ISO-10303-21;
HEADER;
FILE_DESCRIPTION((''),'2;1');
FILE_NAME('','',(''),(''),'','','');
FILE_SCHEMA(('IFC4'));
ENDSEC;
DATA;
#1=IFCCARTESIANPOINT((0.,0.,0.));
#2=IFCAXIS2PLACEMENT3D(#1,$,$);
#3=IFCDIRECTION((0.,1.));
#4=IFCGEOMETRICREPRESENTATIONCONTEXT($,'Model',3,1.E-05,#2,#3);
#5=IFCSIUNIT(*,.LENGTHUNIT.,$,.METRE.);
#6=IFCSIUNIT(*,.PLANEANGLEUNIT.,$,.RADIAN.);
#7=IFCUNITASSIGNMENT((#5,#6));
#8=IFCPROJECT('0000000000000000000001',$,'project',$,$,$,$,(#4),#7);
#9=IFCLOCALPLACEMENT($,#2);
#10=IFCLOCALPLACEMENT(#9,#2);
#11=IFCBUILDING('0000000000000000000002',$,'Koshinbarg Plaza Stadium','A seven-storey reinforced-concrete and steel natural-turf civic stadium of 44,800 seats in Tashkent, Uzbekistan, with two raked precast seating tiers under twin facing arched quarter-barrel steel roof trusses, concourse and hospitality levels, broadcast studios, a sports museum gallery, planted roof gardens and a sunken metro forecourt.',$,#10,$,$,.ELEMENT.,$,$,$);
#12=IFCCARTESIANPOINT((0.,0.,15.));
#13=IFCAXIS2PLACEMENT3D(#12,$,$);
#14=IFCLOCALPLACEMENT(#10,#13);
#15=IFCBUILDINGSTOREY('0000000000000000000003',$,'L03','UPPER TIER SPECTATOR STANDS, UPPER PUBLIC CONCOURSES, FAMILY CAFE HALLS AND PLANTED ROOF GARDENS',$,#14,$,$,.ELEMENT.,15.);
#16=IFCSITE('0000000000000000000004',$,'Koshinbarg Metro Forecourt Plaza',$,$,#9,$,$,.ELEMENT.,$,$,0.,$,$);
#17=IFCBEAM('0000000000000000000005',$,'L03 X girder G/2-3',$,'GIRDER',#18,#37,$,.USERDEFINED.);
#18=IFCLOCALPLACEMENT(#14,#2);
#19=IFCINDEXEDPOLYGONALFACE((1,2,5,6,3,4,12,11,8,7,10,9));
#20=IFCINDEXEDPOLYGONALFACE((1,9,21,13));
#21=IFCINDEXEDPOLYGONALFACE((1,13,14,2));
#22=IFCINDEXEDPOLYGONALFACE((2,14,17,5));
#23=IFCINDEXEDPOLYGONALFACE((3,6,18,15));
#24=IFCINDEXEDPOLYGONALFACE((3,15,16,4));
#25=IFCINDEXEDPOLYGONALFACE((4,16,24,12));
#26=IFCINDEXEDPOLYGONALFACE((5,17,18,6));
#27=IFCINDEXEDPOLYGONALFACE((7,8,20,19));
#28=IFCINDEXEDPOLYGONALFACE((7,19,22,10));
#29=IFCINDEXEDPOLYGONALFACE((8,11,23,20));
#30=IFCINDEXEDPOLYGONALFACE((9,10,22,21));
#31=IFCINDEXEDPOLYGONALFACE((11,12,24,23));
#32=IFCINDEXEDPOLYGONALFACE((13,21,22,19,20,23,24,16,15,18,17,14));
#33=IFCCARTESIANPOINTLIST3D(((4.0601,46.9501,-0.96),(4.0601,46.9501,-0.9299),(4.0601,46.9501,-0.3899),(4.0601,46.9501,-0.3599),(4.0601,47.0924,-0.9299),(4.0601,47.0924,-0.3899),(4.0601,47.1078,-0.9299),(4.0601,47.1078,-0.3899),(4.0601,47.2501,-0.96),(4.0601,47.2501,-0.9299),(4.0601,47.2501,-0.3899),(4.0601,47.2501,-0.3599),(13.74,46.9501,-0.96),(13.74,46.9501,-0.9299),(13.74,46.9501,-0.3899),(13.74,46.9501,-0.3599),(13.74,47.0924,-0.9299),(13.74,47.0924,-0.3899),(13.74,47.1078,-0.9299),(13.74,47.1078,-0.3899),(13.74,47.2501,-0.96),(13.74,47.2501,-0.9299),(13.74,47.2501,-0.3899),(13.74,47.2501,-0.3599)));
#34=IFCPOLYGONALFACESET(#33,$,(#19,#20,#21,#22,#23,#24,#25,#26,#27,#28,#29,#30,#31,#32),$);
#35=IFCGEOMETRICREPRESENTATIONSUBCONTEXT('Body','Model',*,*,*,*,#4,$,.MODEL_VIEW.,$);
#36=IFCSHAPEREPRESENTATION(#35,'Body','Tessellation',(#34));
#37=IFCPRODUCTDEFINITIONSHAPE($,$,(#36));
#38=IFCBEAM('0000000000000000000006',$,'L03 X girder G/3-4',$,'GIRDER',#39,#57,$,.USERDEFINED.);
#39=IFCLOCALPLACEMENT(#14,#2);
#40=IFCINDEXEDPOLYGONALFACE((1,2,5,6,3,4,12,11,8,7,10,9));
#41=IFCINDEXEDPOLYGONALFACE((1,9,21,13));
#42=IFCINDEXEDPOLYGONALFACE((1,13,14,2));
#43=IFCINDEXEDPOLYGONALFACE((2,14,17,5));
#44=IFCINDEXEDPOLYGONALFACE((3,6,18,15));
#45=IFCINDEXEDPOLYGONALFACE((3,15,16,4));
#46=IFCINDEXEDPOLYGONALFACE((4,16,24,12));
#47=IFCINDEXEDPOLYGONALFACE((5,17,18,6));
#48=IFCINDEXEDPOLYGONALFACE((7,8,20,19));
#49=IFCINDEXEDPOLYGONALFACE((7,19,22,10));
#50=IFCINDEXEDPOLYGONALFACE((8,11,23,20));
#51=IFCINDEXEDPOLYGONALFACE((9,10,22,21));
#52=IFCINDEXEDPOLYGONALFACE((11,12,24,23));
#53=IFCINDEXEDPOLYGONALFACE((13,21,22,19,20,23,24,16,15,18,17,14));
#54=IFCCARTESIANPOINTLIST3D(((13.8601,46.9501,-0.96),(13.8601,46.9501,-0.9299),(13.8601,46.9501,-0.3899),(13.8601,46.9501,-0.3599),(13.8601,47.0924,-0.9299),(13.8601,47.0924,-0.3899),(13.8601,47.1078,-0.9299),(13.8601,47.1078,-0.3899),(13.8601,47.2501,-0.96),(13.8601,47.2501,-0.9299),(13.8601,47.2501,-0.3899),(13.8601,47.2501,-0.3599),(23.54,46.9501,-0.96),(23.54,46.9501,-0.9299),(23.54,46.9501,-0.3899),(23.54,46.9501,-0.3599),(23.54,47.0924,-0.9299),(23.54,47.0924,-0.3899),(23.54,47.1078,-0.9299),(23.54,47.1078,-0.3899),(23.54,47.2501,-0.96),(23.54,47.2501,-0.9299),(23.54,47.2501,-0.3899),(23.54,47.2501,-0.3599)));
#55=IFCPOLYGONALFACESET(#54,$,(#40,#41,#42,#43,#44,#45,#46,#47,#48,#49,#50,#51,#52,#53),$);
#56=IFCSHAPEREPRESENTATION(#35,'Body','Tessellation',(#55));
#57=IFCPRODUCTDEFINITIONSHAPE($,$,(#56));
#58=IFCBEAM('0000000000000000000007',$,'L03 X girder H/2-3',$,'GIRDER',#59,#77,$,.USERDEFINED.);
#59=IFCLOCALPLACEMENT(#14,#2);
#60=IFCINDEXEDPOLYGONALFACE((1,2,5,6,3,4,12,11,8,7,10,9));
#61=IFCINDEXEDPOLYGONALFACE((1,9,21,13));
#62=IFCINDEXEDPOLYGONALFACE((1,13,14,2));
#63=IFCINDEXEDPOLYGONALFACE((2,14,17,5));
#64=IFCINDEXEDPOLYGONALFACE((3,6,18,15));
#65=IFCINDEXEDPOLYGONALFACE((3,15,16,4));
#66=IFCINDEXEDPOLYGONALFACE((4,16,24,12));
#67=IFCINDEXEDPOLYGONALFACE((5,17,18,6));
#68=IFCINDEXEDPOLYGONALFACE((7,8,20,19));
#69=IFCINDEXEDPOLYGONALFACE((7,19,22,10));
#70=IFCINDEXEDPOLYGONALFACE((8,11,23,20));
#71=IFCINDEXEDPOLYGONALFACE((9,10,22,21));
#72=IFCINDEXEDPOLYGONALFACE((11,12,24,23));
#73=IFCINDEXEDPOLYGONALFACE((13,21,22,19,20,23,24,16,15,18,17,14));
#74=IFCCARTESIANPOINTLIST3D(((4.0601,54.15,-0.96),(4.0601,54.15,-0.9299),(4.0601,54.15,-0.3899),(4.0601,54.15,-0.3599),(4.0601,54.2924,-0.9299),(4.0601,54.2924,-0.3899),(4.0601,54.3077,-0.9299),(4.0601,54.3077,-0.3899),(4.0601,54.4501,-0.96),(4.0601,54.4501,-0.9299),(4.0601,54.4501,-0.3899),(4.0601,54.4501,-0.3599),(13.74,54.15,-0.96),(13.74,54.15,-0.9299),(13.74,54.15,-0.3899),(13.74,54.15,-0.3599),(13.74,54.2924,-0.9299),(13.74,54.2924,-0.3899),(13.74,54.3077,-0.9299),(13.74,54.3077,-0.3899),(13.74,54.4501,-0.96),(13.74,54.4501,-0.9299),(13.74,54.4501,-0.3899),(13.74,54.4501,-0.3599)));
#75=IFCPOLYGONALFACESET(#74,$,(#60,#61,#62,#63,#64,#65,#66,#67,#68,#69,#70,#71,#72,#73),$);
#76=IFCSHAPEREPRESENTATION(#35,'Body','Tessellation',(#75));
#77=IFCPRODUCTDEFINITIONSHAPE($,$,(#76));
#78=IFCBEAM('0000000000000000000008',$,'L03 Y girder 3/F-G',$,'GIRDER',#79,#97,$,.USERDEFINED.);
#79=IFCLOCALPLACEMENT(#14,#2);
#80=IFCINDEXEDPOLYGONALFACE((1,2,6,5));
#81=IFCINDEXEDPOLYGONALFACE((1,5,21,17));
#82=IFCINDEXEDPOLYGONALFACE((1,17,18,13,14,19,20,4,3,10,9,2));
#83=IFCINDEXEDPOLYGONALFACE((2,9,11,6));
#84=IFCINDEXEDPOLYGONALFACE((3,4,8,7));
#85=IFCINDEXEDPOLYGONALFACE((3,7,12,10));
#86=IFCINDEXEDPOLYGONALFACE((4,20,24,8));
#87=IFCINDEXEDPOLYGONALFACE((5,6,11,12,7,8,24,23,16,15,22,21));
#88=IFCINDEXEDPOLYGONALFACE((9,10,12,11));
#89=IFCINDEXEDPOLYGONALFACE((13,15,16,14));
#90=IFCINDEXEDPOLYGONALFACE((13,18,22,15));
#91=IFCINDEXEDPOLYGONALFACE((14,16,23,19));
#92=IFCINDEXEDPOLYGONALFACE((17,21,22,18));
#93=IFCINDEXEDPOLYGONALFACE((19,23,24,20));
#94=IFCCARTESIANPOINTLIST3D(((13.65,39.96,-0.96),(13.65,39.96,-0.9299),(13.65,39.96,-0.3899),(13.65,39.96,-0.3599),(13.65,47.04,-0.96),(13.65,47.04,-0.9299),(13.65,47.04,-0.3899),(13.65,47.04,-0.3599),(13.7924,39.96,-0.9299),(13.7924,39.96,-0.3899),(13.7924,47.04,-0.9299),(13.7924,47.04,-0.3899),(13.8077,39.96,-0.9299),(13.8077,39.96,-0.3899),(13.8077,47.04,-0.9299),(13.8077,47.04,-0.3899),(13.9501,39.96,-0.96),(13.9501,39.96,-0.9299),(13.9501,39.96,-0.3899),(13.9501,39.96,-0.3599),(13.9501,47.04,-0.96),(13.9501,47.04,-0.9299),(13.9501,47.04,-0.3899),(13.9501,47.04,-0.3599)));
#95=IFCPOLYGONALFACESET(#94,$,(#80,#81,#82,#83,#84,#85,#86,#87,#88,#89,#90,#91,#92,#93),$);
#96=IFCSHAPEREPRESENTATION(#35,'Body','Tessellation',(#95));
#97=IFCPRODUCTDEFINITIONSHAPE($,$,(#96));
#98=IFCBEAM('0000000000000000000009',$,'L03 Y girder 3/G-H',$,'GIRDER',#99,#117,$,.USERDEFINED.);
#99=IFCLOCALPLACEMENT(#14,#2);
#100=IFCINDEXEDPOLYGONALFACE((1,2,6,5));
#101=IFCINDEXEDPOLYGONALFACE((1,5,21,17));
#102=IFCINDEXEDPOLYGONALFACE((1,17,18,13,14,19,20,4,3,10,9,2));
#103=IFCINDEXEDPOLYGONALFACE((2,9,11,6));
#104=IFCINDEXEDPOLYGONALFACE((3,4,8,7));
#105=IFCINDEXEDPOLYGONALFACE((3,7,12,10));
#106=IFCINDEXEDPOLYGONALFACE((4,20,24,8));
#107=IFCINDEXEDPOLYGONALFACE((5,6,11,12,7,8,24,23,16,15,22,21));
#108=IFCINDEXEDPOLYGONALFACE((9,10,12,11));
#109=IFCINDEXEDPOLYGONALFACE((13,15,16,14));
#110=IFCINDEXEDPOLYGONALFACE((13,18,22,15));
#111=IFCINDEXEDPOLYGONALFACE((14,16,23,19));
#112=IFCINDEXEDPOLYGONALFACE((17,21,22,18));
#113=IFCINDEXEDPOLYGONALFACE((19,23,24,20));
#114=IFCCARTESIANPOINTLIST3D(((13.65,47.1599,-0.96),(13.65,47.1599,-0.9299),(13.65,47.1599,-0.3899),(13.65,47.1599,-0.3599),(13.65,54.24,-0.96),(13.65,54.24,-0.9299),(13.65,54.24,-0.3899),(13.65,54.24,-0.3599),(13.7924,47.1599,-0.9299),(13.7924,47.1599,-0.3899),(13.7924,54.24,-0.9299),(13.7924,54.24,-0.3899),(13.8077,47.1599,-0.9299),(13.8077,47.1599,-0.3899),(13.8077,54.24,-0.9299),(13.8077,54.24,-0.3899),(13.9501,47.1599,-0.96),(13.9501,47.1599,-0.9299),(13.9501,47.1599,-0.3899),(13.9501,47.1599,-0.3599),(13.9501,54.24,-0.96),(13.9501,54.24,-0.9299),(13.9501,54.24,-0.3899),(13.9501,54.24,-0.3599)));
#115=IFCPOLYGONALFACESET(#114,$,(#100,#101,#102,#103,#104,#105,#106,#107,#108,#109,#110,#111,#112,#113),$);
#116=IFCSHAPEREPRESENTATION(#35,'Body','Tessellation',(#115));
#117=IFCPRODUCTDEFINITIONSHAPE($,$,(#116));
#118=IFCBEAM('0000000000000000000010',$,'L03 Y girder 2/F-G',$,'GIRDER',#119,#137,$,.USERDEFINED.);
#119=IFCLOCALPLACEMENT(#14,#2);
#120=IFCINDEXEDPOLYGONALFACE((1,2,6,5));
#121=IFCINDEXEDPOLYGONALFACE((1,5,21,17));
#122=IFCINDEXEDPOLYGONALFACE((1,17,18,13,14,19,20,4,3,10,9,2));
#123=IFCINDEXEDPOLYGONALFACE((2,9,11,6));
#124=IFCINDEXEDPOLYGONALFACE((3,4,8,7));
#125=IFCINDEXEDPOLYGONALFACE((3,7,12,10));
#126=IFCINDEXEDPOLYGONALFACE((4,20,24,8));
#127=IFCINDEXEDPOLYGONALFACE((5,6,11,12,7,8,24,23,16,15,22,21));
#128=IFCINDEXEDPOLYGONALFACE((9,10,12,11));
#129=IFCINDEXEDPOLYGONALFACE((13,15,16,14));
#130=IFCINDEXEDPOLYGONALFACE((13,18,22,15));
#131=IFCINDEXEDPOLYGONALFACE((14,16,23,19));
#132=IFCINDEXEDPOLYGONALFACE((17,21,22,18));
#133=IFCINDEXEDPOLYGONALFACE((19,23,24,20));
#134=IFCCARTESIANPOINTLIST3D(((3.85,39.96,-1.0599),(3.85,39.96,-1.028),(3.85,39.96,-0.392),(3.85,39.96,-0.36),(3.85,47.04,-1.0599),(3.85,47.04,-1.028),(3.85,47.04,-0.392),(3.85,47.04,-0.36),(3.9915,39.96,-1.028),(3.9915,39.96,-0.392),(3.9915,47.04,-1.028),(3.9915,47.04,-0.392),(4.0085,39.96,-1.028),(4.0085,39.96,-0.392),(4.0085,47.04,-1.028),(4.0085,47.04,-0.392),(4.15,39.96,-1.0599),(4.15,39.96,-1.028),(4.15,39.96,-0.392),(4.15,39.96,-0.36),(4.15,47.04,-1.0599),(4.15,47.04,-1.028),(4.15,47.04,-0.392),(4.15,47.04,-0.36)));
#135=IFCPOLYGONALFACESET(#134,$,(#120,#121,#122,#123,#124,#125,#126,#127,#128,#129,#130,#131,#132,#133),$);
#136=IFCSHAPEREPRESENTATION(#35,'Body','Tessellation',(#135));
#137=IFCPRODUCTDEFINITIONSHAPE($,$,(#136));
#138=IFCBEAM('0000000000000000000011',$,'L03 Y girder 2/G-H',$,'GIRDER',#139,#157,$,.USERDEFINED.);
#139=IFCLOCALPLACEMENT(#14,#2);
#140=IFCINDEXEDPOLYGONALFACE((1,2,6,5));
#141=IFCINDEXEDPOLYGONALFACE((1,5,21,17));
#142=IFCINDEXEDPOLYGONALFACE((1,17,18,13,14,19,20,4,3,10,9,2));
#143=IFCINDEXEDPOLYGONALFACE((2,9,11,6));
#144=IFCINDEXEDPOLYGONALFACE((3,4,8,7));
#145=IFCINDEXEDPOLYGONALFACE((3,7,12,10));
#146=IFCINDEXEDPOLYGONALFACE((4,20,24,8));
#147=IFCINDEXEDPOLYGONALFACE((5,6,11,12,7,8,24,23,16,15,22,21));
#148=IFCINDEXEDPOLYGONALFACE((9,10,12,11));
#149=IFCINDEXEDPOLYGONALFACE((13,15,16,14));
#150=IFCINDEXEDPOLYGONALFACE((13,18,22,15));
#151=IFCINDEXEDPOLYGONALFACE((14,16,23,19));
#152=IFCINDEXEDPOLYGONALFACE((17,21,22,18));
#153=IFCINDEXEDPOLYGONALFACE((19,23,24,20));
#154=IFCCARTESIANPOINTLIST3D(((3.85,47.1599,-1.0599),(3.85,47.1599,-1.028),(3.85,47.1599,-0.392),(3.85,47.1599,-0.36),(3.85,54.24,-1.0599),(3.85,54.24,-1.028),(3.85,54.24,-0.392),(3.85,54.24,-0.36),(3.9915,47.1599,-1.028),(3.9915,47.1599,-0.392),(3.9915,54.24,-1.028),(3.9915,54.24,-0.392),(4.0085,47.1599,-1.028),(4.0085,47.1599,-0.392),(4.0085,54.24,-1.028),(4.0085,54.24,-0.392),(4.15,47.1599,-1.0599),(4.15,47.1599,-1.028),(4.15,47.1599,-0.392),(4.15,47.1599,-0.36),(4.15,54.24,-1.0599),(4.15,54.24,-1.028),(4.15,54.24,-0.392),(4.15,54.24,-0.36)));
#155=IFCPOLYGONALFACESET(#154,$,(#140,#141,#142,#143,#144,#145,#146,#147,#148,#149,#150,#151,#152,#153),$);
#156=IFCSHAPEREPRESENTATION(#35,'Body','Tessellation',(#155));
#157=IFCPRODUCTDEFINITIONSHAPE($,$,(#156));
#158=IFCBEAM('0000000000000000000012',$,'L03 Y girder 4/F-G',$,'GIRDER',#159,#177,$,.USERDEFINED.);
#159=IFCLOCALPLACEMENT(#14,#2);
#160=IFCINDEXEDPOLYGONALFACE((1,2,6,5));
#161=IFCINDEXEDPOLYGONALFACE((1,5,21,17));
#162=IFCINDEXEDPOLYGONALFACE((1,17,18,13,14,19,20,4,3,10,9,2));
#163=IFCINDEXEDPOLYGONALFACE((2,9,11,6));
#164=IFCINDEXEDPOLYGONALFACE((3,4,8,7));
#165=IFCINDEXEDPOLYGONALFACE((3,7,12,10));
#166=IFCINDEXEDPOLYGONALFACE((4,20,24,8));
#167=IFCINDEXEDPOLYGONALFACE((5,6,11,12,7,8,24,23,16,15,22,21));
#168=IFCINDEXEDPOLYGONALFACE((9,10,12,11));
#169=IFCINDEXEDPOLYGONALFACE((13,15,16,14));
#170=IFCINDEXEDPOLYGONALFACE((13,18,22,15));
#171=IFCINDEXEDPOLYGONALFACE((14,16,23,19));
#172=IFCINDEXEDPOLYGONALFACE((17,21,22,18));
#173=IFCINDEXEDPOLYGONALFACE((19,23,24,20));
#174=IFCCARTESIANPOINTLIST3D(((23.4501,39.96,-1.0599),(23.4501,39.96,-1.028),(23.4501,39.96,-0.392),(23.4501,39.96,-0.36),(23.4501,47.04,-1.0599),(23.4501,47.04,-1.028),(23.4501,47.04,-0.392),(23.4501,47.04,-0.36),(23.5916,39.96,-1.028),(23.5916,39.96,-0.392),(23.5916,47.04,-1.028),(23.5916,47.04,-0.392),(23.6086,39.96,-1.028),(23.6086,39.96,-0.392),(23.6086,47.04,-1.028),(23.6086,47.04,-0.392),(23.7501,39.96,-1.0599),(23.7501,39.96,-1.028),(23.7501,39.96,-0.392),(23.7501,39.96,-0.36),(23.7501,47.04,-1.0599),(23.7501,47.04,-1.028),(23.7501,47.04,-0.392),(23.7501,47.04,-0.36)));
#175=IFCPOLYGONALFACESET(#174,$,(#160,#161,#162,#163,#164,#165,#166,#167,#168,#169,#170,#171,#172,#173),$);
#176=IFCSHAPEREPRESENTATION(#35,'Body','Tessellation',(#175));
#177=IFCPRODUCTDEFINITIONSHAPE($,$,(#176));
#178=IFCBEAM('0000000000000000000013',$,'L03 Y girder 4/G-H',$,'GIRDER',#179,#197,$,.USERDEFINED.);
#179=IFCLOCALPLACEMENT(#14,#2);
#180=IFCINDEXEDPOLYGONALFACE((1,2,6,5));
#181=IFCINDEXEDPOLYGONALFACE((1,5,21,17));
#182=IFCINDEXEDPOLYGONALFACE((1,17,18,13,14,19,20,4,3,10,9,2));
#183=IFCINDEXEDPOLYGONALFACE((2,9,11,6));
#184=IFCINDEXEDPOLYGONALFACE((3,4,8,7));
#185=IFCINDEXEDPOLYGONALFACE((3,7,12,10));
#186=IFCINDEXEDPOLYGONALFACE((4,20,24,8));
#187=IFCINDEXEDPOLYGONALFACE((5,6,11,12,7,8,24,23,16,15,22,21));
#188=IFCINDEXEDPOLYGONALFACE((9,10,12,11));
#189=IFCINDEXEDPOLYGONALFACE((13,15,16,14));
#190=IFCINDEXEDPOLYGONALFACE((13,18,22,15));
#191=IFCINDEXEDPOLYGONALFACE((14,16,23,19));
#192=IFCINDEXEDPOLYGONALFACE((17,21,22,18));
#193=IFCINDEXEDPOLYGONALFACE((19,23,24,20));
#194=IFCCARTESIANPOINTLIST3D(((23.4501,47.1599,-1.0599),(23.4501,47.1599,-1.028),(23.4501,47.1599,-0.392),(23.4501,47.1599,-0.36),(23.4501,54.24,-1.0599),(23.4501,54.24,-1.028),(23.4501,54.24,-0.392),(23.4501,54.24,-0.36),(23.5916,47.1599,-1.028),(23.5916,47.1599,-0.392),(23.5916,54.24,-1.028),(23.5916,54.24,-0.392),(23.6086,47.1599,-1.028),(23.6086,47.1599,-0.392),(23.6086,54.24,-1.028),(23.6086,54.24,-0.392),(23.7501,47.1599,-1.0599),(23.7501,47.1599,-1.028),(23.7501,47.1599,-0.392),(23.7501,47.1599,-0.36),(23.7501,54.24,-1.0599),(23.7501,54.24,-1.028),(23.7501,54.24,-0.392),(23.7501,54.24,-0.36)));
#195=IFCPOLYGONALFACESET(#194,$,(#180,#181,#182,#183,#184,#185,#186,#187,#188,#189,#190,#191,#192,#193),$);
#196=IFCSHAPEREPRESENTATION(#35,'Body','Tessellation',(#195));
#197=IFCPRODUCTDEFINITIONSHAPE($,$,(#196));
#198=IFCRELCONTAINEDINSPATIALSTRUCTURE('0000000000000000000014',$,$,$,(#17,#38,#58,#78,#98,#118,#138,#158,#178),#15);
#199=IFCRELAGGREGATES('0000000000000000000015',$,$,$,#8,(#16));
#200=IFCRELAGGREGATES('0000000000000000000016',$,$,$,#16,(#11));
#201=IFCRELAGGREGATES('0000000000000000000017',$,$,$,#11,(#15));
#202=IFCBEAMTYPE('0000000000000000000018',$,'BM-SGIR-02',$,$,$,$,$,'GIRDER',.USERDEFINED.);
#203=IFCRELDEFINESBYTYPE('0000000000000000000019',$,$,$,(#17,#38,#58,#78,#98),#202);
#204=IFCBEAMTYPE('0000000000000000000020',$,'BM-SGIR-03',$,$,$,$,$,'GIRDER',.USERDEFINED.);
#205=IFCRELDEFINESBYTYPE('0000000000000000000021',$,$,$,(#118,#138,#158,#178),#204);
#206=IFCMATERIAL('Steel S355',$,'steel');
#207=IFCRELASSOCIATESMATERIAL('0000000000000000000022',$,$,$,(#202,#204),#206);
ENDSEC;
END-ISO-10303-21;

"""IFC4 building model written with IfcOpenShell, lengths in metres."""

from ifc_helpers import new_model, si_unit, direction, frame, origin, origin_2d, place, context, subcontext, project, spatial, i_section, extrude, material, material_profile, profile_set, type_object, element, save


model = new_model("IFC4")

# Units and contexts
model_context = context("Model", 3, precision=1e-05, world=origin(), true_north=direction((0.0, 1.0)))
body_context = subcontext(model_context, "Body", "Model", "MODEL_VIEW")
ifc_project = project(units=[si_unit("LENGTHUNIT", "METRE"), si_unit("PLANEANGLEUNIT", "RADIAN")], contexts=[model_context])

# Site, building, storey
site_placement = place(None, origin())
site = spatial("IfcSite", under=ifc_project, at=site_placement, Name="Koshinbarg Metro Forecourt Plaza", CompositionType="ELEMENT", RefElevation=0.0)
building_placement = place(site_placement, origin())
building = spatial("IfcBuilding", under=site, at=building_placement, Name="Koshinbarg Plaza Stadium", Description="A seven-storey reinforced-concrete and steel natural-turf civic stadium of 44,800 seats in Tashkent, Uzbekistan, with two raked precast seating tiers under twin facing arched quarter-barrel steel roof trusses, concourse and hospitality levels, broadcast studios, a sports museum gallery, planted roof gardens and a sunken metro forecourt.", CompositionType="ELEMENT")
storey_placement = place(building_placement, frame((0.0, 0.0, 15.0)))
storey = spatial("IfcBuildingStorey", under=building, at=storey_placement, Name="L03", Description="UPPER TIER SPECTATOR STANDS, UPPER PUBLIC CONCOURSES, FAMILY CAFE HALLS AND PLANTED ROOF GARDENS", CompositionType="ELEMENT", Elevation=15.0)

# Beams
ifc_material_1 = material(Name="Steel S355", Category="steel")
ifc_material_profile_1 = material_profile(ifc_material_1, i_section(OverallWidth=0.3, OverallDepth=0.6001, WebThickness=0.0154, FlangeThickness=0.03, at=origin_2d()), Name="HEB 600")
ifc_profile_set_1 = profile_set([ifc_material_profile_1], Name="Steel S355")
beam_type_1 = type_object("IfcBeamType", Name="BM-SGIR-02", ElementType="GIRDER", PredefinedType="USERDEFINED", material=ifc_profile_set_1)
for number, where, z_axis, x_axis, name in (
    (1, (4.0601, 47.1001, -0.6599), (1.0, 0.0, 0.0), (0.0, 1.0, 0.0), "L03 X girder G/2-3"),
    (2, (13.8601, 47.1001, -0.6599), (1.0, 0.0, 0.0), (0.0, 1.0, 0.0), "L03 X girder G/3-4"),
    (3, (4.0601, 54.3, -0.6599), (1.0, 0.0, 0.0), (0.0, 1.0, 0.0), "L03 X girder H/2-3"),
):
    element("IfcBeam", number, at=place(storey_placement, frame(where, z_axis=z_axis, x_axis=x_axis)), inside=storey, type_object=beam_type_1, Name=name, ObjectType="GIRDER", PredefinedType="USERDEFINED", context=body_context, shape_type="SweptSolid", body=[
        extrude(i_section(OverallWidth=0.3, OverallDepth=0.6001, WebThickness=0.0154, FlangeThickness=0.03, at=origin_2d()), origin(), (0.0, 0.0, 1.0), 9.6799),
    ])
for number, where, z_axis, x_axis, name in (
    (4, (13.8, 39.96, -0.6599), (0.0, 1.0, 0.0), (-1.0, 0.0, 0.0), "L03 Y girder 3/F-G"),
    (5, (13.8, 47.1599, -0.6599), (0.0, 1.0, 0.0), (-1.0, 0.0, 0.0), "L03 Y girder 3/G-H"),
):
    element("IfcBeam", number, at=place(storey_placement, frame(where, z_axis=z_axis, x_axis=x_axis)), inside=storey, type_object=beam_type_1, Name=name, ObjectType="GIRDER", PredefinedType="USERDEFINED", context=body_context, shape_type="SweptSolid", body=[
        extrude(i_section(OverallWidth=0.3, OverallDepth=0.6001, WebThickness=0.0154, FlangeThickness=0.03, at=origin_2d()), origin(), (0.0, 0.0, 1.0), 7.0801),
    ])
ifc_material_profile_2 = material_profile(ifc_material_1, i_section(OverallWidth=0.3, OverallDepth=0.7, WebThickness=0.0171, FlangeThickness=0.032, at=origin_2d()), Name="HEB 700")
ifc_profile_set_2 = profile_set([ifc_material_profile_2], Name="Steel S355")
beam_type_2 = type_object("IfcBeamType", Name="BM-SGIR-03", ElementType="GIRDER", PredefinedType="USERDEFINED", material=ifc_profile_set_2)
for number, where, z_axis, x_axis, name in (
    (6, (4.0, 39.96, -0.71), (0.0, 1.0, 0.0), (-1.0, 0.0, 0.0), "L03 Y girder 2/F-G"),
    (7, (4.0, 47.1599, -0.71), (0.0, 1.0, 0.0), (-1.0, 0.0, 0.0), "L03 Y girder 2/G-H"),
    (8, (23.6001, 39.96, -0.71), (0.0, 1.0, 0.0), (-1.0, 0.0, 0.0), "L03 Y girder 4/F-G"),
    (9, (23.6001, 47.1599, -0.71), (0.0, 1.0, 0.0), (-1.0, 0.0, 0.0), "L03 Y girder 4/G-H"),
):
    element("IfcBeam", number, at=place(storey_placement, frame(where, z_axis=z_axis, x_axis=x_axis)), inside=storey, type_object=beam_type_2, Name=name, ObjectType="GIRDER", PredefinedType="USERDEFINED", context=body_context, shape_type="SweptSolid", body=[
        extrude(i_section(OverallWidth=0.3, OverallDepth=0.7, WebThickness=0.0171, FlangeThickness=0.032, at=origin_2d()), origin(), (0.0, 0.0, 1.0), 7.0801),
    ])

save(model, "model.ifc")
